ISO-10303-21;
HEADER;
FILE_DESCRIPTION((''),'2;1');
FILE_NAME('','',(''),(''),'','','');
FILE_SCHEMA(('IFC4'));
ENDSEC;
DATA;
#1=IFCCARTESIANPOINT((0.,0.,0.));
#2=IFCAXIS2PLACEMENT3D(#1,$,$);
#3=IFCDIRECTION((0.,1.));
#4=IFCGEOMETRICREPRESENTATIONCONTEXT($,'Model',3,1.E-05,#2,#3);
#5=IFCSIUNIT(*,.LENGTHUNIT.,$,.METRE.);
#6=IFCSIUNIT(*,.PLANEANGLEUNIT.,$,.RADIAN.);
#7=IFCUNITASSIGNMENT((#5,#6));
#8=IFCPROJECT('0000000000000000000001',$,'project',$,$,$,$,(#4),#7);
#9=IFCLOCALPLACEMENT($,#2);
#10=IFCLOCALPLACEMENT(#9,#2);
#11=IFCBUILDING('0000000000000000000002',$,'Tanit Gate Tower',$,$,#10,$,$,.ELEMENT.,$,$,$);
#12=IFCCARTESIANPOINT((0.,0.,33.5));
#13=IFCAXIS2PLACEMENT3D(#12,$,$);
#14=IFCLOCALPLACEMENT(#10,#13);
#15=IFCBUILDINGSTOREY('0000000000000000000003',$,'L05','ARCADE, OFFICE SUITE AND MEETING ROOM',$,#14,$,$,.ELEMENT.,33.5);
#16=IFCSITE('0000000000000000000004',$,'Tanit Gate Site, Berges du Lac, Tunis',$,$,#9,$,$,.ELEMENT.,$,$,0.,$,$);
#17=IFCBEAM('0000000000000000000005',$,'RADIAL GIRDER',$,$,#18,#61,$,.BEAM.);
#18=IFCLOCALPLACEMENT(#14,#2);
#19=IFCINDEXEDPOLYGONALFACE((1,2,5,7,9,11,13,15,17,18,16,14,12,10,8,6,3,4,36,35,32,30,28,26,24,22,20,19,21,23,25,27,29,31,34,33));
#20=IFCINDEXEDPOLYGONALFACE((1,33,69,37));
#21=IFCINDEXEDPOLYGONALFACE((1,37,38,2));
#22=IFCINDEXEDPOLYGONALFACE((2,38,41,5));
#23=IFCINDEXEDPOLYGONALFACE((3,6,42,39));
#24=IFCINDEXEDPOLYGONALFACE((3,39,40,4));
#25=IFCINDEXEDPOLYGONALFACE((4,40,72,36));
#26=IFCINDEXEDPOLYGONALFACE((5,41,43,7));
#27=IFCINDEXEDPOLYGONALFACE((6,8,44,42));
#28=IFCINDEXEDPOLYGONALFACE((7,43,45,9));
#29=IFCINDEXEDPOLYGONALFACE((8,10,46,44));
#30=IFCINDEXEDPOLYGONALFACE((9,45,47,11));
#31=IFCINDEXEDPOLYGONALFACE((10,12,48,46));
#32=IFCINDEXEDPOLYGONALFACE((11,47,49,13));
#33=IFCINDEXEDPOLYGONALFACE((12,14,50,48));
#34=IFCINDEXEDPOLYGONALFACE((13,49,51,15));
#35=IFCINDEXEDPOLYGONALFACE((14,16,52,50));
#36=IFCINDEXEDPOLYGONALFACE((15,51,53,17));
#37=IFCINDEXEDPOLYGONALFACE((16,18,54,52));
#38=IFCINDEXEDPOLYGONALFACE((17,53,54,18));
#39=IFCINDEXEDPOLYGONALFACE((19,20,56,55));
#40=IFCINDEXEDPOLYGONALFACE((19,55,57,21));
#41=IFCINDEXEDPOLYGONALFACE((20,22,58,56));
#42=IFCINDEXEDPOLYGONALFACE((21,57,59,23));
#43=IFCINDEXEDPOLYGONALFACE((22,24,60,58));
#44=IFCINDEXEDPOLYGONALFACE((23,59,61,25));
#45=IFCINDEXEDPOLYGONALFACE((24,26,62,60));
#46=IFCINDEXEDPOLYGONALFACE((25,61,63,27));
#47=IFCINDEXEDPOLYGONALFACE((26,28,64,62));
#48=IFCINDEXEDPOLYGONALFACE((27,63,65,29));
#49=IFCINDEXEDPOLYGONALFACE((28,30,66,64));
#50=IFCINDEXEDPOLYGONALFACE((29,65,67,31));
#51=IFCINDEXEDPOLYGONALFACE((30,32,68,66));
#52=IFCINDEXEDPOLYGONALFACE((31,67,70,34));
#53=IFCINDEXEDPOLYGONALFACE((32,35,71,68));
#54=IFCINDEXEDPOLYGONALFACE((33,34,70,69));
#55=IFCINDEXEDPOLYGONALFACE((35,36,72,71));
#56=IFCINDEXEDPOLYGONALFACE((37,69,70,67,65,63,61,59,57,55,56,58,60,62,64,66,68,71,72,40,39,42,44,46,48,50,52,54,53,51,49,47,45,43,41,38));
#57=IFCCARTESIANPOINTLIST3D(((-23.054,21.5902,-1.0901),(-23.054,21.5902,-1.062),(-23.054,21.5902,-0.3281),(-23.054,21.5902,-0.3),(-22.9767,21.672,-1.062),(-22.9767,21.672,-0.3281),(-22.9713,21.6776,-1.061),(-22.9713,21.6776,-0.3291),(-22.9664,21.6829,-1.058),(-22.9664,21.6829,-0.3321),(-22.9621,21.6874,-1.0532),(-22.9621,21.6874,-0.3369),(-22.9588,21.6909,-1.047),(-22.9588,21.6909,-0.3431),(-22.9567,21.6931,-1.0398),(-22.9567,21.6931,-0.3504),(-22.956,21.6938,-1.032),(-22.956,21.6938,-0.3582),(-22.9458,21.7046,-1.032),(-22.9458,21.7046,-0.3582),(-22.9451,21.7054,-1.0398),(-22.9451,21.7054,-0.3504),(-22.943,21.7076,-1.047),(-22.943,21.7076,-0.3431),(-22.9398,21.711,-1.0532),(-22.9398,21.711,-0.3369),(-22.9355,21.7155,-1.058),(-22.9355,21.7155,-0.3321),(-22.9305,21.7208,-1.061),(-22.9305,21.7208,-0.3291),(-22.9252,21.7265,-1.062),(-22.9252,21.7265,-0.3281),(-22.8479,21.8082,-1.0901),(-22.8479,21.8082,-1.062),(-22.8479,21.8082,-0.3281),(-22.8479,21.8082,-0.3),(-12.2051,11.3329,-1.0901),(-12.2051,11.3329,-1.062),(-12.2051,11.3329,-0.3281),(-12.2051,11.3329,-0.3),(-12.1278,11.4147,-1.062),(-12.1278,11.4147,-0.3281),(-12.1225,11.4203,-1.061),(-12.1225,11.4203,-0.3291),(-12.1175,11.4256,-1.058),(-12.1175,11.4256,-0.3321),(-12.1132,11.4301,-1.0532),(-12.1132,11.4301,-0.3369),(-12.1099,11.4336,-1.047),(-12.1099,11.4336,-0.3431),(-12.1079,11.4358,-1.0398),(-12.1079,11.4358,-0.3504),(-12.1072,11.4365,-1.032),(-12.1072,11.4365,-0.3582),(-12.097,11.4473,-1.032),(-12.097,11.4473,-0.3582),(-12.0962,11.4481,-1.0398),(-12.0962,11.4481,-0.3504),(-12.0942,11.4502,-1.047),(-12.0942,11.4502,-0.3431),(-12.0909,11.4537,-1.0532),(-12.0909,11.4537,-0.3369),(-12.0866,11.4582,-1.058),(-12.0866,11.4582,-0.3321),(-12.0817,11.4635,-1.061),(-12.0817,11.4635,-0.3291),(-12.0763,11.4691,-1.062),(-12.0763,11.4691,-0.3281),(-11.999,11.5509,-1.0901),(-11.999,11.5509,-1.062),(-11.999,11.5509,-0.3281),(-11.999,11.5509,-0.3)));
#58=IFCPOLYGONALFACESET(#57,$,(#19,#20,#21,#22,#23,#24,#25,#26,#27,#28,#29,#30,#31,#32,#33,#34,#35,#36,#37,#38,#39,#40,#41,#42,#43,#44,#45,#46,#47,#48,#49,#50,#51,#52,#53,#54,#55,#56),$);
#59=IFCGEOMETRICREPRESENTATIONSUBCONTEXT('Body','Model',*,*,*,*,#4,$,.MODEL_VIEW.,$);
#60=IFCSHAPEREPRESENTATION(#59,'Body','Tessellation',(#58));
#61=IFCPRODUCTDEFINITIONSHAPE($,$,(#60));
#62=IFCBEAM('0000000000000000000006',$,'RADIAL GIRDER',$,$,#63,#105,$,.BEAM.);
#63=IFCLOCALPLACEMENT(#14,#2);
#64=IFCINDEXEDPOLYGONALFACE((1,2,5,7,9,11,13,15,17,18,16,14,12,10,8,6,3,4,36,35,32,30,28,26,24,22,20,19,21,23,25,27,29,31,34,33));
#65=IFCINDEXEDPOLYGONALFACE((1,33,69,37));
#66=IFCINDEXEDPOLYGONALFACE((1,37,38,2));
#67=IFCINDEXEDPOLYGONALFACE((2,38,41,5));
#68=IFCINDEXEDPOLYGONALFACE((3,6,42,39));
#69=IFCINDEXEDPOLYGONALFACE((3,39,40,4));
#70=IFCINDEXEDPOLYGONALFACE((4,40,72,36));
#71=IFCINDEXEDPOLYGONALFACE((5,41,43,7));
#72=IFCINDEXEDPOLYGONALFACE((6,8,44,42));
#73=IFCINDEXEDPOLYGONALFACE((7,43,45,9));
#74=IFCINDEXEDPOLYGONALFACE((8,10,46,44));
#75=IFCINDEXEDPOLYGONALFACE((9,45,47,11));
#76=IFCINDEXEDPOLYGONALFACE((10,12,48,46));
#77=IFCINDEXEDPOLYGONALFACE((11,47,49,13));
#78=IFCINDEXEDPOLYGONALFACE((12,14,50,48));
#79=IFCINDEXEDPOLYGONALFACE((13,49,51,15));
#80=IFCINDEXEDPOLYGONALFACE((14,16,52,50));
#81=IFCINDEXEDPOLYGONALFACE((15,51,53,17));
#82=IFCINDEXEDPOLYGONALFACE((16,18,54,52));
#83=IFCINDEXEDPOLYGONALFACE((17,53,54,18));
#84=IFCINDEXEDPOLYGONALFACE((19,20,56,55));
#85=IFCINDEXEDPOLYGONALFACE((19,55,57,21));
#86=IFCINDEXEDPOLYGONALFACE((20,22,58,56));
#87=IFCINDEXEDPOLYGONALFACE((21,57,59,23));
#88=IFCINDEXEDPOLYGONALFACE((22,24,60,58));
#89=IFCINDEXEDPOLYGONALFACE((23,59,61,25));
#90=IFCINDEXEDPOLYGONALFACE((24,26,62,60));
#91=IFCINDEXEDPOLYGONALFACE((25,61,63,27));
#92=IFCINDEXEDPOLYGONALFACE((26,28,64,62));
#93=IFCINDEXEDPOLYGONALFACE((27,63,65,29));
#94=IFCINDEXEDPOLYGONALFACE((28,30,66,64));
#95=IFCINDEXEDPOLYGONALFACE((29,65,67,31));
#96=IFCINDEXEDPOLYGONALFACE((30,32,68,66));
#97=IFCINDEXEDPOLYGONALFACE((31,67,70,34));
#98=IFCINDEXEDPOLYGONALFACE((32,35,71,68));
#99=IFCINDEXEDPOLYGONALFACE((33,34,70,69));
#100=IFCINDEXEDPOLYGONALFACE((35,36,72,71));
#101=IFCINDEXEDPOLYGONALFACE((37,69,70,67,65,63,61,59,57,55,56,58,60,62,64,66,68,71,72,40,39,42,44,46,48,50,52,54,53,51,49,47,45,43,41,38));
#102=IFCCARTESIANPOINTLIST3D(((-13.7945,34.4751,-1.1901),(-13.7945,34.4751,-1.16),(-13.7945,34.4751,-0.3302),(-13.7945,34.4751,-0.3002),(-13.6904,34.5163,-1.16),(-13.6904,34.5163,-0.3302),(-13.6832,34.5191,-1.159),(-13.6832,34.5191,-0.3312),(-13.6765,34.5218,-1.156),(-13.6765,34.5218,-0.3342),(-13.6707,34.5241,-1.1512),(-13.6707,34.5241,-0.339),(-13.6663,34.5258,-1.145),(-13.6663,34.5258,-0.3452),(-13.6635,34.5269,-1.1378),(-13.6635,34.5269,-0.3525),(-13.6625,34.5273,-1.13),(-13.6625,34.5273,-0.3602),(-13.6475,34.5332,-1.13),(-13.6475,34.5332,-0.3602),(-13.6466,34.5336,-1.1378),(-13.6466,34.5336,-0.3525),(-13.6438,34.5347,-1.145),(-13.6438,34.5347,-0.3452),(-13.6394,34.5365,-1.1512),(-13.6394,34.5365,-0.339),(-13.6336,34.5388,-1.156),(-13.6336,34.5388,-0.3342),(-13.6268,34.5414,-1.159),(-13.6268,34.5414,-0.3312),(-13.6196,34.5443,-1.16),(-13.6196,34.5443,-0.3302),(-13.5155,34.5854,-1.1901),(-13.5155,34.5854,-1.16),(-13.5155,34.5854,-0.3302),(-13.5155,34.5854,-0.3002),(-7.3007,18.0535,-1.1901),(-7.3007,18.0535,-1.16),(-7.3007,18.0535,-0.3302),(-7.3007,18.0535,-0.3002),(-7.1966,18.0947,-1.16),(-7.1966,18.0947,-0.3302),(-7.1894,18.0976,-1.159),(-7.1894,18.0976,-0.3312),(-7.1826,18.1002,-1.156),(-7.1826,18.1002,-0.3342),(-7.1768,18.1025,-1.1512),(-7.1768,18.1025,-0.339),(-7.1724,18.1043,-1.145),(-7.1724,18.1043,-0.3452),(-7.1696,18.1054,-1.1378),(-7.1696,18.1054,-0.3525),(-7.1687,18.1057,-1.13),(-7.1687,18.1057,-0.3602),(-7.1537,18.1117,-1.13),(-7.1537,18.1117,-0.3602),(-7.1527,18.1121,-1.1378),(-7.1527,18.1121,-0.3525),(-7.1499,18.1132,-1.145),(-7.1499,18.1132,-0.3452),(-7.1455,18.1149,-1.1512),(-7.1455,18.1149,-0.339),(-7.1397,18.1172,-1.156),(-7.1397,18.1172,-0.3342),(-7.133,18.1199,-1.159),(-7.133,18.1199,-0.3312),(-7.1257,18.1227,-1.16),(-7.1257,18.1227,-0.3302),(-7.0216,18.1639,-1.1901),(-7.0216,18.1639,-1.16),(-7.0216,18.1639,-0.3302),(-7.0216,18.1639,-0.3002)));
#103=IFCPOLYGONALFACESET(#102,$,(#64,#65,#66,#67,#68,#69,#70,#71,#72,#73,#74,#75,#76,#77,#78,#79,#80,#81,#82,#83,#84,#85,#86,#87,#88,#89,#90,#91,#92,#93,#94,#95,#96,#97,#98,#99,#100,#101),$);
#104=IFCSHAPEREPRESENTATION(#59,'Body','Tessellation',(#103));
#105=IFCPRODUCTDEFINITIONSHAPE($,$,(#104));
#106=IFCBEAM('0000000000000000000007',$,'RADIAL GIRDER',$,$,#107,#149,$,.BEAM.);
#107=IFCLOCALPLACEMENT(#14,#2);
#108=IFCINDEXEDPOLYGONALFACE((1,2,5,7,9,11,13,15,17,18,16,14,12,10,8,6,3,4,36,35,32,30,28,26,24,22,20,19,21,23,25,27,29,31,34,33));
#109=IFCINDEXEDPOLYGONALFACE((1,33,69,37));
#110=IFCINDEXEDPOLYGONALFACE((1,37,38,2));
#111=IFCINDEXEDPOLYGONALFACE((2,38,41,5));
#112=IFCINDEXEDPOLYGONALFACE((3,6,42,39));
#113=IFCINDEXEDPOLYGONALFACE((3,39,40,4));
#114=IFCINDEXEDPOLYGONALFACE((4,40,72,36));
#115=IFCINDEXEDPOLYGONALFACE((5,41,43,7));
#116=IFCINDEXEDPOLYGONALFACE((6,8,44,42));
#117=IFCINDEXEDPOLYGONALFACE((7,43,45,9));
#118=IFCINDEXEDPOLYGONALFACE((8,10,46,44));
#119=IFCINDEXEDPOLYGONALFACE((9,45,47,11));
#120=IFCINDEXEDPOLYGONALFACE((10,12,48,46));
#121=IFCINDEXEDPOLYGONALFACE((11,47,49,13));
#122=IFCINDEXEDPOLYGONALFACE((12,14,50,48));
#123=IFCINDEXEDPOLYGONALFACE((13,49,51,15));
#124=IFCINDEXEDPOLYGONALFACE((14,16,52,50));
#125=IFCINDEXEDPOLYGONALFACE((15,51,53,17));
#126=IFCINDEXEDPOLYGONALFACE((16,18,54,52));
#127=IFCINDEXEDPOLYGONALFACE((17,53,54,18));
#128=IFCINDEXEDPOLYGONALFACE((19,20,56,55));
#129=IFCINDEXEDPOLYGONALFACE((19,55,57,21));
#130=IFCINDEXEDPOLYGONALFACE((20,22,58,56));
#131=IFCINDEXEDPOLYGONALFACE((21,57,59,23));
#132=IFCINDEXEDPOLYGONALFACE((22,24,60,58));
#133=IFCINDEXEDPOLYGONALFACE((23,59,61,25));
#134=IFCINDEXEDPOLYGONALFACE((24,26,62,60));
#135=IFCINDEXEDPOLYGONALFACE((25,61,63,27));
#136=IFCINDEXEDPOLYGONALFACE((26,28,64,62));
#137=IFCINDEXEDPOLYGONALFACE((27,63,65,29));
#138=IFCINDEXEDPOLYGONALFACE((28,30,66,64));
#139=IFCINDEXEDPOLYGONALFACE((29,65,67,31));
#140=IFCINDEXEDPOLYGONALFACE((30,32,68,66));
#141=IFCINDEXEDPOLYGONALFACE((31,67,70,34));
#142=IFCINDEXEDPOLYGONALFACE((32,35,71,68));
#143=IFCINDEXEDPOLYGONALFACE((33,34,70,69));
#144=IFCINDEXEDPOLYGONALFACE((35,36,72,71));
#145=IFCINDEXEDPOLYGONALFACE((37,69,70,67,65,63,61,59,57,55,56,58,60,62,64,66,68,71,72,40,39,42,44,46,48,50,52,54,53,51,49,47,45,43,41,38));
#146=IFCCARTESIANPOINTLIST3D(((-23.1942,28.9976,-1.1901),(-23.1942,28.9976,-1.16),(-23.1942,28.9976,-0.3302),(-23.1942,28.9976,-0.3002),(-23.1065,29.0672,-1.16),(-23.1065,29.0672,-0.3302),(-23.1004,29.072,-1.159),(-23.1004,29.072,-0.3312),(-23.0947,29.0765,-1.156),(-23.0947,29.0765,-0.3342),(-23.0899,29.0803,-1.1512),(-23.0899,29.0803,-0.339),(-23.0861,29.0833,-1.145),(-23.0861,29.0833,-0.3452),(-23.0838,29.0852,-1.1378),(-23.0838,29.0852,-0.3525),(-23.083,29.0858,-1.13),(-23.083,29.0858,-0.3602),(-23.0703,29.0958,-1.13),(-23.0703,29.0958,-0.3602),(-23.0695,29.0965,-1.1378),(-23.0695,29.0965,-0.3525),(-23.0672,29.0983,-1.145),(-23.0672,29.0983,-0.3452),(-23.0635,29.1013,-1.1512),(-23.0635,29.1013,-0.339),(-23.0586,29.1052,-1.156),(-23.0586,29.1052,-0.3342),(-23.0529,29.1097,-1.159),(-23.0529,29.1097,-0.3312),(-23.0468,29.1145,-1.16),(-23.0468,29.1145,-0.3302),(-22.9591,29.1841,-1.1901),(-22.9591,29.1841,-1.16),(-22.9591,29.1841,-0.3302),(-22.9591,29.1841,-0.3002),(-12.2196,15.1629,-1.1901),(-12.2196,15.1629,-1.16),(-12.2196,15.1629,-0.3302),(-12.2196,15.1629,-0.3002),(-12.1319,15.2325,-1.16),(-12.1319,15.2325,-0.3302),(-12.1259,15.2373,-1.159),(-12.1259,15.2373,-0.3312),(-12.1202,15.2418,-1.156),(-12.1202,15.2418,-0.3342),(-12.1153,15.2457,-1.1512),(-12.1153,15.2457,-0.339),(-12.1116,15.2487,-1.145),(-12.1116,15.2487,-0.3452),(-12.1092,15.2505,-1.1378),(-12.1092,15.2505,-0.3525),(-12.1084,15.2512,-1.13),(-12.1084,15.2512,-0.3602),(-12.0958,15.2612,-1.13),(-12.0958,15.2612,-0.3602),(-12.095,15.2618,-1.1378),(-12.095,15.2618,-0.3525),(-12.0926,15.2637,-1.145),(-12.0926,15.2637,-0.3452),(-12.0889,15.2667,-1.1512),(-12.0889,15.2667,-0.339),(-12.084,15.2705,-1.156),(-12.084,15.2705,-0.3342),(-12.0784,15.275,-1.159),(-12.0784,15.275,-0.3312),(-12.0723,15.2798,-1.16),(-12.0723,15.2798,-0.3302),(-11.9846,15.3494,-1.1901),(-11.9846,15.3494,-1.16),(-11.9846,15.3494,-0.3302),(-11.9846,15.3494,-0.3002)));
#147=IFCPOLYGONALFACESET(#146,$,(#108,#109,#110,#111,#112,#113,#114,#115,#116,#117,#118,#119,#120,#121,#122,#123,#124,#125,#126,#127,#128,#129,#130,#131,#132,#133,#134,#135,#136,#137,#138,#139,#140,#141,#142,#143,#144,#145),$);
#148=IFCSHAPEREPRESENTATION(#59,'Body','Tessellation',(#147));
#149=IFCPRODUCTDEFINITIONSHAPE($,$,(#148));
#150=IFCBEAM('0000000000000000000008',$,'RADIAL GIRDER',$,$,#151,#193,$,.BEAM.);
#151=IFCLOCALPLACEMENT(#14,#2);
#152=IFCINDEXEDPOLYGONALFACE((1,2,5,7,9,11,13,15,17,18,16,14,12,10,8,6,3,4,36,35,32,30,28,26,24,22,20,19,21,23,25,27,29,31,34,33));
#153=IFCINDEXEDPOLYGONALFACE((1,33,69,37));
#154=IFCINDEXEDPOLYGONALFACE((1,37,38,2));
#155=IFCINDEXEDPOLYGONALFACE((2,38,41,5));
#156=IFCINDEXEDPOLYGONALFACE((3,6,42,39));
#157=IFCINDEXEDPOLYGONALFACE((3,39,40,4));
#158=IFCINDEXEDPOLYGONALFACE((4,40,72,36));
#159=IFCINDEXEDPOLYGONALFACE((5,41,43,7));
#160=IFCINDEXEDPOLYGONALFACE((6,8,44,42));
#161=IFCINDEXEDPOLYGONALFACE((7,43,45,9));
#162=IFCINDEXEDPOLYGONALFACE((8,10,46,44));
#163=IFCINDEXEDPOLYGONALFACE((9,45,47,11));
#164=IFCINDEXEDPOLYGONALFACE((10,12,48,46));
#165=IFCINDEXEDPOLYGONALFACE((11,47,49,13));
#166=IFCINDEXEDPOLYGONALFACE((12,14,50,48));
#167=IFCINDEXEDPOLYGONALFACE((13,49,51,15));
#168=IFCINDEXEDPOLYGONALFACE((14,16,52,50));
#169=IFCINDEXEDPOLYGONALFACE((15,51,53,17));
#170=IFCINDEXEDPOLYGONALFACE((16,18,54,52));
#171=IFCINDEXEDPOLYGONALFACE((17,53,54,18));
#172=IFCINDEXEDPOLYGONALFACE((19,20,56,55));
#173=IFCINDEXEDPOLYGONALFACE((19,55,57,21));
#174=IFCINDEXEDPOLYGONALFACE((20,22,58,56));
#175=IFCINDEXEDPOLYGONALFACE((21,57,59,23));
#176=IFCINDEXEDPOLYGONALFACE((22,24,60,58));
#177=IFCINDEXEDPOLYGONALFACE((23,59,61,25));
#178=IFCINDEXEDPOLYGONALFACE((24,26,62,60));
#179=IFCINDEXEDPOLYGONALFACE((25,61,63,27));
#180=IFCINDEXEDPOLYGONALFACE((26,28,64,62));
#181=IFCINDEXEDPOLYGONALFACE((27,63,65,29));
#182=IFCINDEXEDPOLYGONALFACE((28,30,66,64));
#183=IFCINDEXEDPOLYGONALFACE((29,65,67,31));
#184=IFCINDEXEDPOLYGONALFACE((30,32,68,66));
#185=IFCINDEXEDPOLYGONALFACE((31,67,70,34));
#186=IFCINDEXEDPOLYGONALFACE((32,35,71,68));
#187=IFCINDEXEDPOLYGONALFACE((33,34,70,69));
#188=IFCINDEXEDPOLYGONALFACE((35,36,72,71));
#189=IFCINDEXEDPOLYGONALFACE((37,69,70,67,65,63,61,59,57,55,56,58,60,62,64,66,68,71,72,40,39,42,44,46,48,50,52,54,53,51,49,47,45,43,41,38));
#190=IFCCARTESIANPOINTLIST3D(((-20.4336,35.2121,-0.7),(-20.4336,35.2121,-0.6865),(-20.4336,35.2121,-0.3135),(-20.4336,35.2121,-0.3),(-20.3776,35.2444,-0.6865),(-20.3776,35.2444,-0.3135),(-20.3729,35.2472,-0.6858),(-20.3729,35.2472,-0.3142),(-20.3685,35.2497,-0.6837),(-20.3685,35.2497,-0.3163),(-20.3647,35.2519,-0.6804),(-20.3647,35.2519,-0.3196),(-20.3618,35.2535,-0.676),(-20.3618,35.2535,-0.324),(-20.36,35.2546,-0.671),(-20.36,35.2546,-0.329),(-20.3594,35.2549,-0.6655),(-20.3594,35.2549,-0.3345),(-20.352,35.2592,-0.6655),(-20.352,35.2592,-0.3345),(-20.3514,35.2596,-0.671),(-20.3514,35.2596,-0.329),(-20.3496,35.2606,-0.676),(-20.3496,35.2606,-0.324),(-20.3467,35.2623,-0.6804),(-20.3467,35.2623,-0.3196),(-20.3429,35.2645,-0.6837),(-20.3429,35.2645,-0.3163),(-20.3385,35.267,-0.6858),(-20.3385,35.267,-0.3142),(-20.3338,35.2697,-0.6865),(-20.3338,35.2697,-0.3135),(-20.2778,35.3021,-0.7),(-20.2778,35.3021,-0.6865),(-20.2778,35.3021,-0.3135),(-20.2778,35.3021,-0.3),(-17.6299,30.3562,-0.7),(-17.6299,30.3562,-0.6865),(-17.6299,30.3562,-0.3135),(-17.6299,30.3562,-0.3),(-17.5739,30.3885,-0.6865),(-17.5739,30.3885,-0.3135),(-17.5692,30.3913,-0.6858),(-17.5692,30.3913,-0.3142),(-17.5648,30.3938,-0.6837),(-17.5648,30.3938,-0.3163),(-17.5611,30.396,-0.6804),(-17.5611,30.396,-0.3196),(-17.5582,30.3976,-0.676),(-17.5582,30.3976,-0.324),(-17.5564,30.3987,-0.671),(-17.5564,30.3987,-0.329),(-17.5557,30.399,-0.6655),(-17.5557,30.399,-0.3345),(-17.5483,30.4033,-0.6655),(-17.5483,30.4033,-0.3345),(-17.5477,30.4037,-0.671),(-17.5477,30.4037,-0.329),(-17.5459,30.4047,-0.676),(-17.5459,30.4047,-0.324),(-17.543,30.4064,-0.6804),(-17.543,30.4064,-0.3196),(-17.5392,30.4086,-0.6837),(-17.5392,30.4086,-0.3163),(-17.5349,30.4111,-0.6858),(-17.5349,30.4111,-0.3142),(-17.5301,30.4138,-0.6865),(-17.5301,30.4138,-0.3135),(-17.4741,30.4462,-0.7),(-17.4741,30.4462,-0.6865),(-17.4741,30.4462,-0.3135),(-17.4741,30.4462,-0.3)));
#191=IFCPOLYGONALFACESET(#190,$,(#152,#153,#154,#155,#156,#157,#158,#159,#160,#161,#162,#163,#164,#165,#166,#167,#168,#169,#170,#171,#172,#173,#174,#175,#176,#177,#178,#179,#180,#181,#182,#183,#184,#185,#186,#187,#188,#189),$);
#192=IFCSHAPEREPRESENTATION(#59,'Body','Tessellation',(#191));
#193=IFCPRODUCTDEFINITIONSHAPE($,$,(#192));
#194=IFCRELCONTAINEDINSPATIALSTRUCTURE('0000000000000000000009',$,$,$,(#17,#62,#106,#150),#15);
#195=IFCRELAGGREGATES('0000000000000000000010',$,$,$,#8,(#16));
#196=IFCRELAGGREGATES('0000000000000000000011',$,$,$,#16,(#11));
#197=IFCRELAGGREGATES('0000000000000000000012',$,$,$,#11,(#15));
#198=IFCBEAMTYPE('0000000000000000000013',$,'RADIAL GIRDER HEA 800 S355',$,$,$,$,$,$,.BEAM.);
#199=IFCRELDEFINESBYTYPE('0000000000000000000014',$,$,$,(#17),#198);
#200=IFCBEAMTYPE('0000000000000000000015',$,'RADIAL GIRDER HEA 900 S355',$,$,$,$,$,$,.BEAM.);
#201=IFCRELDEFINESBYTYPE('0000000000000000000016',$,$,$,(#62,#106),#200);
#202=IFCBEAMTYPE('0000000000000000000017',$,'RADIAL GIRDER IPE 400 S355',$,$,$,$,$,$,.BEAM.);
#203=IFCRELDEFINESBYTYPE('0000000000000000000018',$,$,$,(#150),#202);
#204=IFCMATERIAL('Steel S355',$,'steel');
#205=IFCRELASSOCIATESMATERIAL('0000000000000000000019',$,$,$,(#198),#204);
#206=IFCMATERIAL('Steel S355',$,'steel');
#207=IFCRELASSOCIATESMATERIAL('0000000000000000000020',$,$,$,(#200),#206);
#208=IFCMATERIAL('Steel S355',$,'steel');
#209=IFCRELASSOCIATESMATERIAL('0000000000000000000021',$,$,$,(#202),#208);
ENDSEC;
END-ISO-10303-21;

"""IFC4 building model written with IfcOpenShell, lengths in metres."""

from ifc_helpers import new_model, si_unit, direction, frame, origin, origin_2d, place, context, subcontext, project, spatial, i_section, extrude, material, material_profile, profile_set, type_object, element, save


model = new_model("IFC4")

# Units and contexts
model_context = context("Model", 3, precision=1e-05, world=origin(), true_north=direction((0.0, 1.0)))
body_context = subcontext(model_context, "Body", "Model", "MODEL_VIEW")
ifc_project = project(units=[si_unit("LENGTHUNIT", "METRE"), si_unit("PLANEANGLEUNIT", "RADIAN")], contexts=[model_context])

# Site, building, storey
site_placement = place(None, origin())
site = spatial("IfcSite", under=ifc_project, at=site_placement, Name="Tanit Gate Site, Berges du Lac, Tunis", CompositionType="ELEMENT", RefElevation=0.0)
building_placement = place(site_placement, origin())
building = spatial("IfcBuilding", under=site, at=building_placement, Name="Tanit Gate Tower", CompositionType="ELEMENT")
storey_placement = place(building_placement, frame((0.0, 0.0, 33.5)))
storey = spatial("IfcBuildingStorey", under=building, at=storey_placement, Name="L05", Description="ARCADE, OFFICE SUITE AND MEETING ROOM", CompositionType="ELEMENT", Elevation=33.5)

# Beams
ifc_material_1 = material(Name="Steel S355", Category="steel")
ifc_material_profile_1 = material_profile(ifc_material_1, i_section(OverallWidth=0.3, OverallDepth=0.79, WebThickness=0.0149, FlangeThickness=0.0281, FilletRadius=0.03, at=origin_2d()), Name="HEA 800")
ifc_profile_set_1 = profile_set([ifc_material_profile_1], Name="Steel S355")
beam_type_1 = type_object("IfcBeamType", Name="RADIAL GIRDER HEA 800 S355", PredefinedType="BEAM", material=ifc_profile_set_1)
beam_1_placement = place(storey_placement, frame((-22.9509, 21.6992, -0.6951), z_axis=(0.72664, -0.687019, 0.0), x_axis=(0.687019, 0.72664, 0.0)))
element("IfcBeam", 1, at=beam_1_placement, inside=storey, type_object=beam_type_1, Name="RADIAL GIRDER", PredefinedType="BEAM", context=body_context, shape_type="SweptSolid", body=[
    extrude(i_section(OverallWidth=0.3, OverallDepth=0.79, WebThickness=0.0149, FlangeThickness=0.0281, FilletRadius=0.03, at=origin_2d()), origin(), (0.0, 0.0, 1.0), 14.9302),
])
ifc_material_2 = material(Name="Steel S355", Category="steel")
ifc_material_profile_2 = material_profile(ifc_material_2, i_section(OverallWidth=0.3, OverallDepth=0.8899, WebThickness=0.0161, FlangeThickness=0.03, FilletRadius=0.03, at=origin_2d()), Name="HEA 900")
ifc_profile_set_2 = profile_set([ifc_material_profile_2], Name="Steel S355")
beam_type_2 = type_object("IfcBeamType", Name="RADIAL GIRDER HEA 900 S355", PredefinedType="BEAM", material=ifc_profile_set_2)
for number, where, z_axis, x_axis, name in (
    (2, (-13.655, 34.5303, -0.7451), (0.367738, -0.929929, 0.0), (0.929929, 0.367738, 0.0), "RADIAL GIRDER"),
    (3, (-23.0767, 29.0908, -0.7451), (0.621473, -0.783436, 0.0), (0.783436, 0.621473, 0.0), "RADIAL GIRDER"),
):
    element("IfcBeam", number, at=place(storey_placement, frame(where, z_axis=z_axis, x_axis=x_axis)), inside=storey, type_object=beam_type_2, Name=name, PredefinedType="BEAM", context=body_context, shape_type="SweptSolid", body=[
        extrude(i_section(OverallWidth=0.3, OverallDepth=0.8899, WebThickness=0.0161, FlangeThickness=0.03, FilletRadius=0.03, at=origin_2d()), origin(), (0.0, 0.0, 1.0), 17.6589),
    ])
ifc_material_3 = material(Name="Steel S355", Category="steel")
ifc_material_profile_3 = material_profile(ifc_material_3, i_section(OverallWidth=0.1799, OverallDepth=0.3999, WebThickness=0.0085, FlangeThickness=0.0134, FilletRadius=0.021, at=origin_2d()), Name="IPE 400")
ifc_profile_set_3 = profile_set([ifc_material_profile_3], Name="Steel S355")
beam_type_3 = type_object("IfcBeamType", Name="RADIAL GIRDER IPE 400 S355", PredefinedType="BEAM", material=ifc_profile_set_3)
beam_2_placement = place(storey_placement, frame((-20.3557, 35.2571, -0.5), z_axis=(0.500016, -0.866016, 0.0), x_axis=(0.866016, 0.500016, 0.0)))
element("IfcBeam", 4, at=beam_2_placement, inside=storey, type_object=beam_type_3, Name="RADIAL GIRDER", PredefinedType="BEAM", context=body_context, shape_type="SweptSolid", body=[
    extrude(i_section(OverallWidth=0.1799, OverallDepth=0.3999, WebThickness=0.0085, FlangeThickness=0.0134, FilletRadius=0.021, at=origin_2d()), origin(), (0.0, 0.0, 1.0), 5.6072),
])

save(model, "model.ifc")
